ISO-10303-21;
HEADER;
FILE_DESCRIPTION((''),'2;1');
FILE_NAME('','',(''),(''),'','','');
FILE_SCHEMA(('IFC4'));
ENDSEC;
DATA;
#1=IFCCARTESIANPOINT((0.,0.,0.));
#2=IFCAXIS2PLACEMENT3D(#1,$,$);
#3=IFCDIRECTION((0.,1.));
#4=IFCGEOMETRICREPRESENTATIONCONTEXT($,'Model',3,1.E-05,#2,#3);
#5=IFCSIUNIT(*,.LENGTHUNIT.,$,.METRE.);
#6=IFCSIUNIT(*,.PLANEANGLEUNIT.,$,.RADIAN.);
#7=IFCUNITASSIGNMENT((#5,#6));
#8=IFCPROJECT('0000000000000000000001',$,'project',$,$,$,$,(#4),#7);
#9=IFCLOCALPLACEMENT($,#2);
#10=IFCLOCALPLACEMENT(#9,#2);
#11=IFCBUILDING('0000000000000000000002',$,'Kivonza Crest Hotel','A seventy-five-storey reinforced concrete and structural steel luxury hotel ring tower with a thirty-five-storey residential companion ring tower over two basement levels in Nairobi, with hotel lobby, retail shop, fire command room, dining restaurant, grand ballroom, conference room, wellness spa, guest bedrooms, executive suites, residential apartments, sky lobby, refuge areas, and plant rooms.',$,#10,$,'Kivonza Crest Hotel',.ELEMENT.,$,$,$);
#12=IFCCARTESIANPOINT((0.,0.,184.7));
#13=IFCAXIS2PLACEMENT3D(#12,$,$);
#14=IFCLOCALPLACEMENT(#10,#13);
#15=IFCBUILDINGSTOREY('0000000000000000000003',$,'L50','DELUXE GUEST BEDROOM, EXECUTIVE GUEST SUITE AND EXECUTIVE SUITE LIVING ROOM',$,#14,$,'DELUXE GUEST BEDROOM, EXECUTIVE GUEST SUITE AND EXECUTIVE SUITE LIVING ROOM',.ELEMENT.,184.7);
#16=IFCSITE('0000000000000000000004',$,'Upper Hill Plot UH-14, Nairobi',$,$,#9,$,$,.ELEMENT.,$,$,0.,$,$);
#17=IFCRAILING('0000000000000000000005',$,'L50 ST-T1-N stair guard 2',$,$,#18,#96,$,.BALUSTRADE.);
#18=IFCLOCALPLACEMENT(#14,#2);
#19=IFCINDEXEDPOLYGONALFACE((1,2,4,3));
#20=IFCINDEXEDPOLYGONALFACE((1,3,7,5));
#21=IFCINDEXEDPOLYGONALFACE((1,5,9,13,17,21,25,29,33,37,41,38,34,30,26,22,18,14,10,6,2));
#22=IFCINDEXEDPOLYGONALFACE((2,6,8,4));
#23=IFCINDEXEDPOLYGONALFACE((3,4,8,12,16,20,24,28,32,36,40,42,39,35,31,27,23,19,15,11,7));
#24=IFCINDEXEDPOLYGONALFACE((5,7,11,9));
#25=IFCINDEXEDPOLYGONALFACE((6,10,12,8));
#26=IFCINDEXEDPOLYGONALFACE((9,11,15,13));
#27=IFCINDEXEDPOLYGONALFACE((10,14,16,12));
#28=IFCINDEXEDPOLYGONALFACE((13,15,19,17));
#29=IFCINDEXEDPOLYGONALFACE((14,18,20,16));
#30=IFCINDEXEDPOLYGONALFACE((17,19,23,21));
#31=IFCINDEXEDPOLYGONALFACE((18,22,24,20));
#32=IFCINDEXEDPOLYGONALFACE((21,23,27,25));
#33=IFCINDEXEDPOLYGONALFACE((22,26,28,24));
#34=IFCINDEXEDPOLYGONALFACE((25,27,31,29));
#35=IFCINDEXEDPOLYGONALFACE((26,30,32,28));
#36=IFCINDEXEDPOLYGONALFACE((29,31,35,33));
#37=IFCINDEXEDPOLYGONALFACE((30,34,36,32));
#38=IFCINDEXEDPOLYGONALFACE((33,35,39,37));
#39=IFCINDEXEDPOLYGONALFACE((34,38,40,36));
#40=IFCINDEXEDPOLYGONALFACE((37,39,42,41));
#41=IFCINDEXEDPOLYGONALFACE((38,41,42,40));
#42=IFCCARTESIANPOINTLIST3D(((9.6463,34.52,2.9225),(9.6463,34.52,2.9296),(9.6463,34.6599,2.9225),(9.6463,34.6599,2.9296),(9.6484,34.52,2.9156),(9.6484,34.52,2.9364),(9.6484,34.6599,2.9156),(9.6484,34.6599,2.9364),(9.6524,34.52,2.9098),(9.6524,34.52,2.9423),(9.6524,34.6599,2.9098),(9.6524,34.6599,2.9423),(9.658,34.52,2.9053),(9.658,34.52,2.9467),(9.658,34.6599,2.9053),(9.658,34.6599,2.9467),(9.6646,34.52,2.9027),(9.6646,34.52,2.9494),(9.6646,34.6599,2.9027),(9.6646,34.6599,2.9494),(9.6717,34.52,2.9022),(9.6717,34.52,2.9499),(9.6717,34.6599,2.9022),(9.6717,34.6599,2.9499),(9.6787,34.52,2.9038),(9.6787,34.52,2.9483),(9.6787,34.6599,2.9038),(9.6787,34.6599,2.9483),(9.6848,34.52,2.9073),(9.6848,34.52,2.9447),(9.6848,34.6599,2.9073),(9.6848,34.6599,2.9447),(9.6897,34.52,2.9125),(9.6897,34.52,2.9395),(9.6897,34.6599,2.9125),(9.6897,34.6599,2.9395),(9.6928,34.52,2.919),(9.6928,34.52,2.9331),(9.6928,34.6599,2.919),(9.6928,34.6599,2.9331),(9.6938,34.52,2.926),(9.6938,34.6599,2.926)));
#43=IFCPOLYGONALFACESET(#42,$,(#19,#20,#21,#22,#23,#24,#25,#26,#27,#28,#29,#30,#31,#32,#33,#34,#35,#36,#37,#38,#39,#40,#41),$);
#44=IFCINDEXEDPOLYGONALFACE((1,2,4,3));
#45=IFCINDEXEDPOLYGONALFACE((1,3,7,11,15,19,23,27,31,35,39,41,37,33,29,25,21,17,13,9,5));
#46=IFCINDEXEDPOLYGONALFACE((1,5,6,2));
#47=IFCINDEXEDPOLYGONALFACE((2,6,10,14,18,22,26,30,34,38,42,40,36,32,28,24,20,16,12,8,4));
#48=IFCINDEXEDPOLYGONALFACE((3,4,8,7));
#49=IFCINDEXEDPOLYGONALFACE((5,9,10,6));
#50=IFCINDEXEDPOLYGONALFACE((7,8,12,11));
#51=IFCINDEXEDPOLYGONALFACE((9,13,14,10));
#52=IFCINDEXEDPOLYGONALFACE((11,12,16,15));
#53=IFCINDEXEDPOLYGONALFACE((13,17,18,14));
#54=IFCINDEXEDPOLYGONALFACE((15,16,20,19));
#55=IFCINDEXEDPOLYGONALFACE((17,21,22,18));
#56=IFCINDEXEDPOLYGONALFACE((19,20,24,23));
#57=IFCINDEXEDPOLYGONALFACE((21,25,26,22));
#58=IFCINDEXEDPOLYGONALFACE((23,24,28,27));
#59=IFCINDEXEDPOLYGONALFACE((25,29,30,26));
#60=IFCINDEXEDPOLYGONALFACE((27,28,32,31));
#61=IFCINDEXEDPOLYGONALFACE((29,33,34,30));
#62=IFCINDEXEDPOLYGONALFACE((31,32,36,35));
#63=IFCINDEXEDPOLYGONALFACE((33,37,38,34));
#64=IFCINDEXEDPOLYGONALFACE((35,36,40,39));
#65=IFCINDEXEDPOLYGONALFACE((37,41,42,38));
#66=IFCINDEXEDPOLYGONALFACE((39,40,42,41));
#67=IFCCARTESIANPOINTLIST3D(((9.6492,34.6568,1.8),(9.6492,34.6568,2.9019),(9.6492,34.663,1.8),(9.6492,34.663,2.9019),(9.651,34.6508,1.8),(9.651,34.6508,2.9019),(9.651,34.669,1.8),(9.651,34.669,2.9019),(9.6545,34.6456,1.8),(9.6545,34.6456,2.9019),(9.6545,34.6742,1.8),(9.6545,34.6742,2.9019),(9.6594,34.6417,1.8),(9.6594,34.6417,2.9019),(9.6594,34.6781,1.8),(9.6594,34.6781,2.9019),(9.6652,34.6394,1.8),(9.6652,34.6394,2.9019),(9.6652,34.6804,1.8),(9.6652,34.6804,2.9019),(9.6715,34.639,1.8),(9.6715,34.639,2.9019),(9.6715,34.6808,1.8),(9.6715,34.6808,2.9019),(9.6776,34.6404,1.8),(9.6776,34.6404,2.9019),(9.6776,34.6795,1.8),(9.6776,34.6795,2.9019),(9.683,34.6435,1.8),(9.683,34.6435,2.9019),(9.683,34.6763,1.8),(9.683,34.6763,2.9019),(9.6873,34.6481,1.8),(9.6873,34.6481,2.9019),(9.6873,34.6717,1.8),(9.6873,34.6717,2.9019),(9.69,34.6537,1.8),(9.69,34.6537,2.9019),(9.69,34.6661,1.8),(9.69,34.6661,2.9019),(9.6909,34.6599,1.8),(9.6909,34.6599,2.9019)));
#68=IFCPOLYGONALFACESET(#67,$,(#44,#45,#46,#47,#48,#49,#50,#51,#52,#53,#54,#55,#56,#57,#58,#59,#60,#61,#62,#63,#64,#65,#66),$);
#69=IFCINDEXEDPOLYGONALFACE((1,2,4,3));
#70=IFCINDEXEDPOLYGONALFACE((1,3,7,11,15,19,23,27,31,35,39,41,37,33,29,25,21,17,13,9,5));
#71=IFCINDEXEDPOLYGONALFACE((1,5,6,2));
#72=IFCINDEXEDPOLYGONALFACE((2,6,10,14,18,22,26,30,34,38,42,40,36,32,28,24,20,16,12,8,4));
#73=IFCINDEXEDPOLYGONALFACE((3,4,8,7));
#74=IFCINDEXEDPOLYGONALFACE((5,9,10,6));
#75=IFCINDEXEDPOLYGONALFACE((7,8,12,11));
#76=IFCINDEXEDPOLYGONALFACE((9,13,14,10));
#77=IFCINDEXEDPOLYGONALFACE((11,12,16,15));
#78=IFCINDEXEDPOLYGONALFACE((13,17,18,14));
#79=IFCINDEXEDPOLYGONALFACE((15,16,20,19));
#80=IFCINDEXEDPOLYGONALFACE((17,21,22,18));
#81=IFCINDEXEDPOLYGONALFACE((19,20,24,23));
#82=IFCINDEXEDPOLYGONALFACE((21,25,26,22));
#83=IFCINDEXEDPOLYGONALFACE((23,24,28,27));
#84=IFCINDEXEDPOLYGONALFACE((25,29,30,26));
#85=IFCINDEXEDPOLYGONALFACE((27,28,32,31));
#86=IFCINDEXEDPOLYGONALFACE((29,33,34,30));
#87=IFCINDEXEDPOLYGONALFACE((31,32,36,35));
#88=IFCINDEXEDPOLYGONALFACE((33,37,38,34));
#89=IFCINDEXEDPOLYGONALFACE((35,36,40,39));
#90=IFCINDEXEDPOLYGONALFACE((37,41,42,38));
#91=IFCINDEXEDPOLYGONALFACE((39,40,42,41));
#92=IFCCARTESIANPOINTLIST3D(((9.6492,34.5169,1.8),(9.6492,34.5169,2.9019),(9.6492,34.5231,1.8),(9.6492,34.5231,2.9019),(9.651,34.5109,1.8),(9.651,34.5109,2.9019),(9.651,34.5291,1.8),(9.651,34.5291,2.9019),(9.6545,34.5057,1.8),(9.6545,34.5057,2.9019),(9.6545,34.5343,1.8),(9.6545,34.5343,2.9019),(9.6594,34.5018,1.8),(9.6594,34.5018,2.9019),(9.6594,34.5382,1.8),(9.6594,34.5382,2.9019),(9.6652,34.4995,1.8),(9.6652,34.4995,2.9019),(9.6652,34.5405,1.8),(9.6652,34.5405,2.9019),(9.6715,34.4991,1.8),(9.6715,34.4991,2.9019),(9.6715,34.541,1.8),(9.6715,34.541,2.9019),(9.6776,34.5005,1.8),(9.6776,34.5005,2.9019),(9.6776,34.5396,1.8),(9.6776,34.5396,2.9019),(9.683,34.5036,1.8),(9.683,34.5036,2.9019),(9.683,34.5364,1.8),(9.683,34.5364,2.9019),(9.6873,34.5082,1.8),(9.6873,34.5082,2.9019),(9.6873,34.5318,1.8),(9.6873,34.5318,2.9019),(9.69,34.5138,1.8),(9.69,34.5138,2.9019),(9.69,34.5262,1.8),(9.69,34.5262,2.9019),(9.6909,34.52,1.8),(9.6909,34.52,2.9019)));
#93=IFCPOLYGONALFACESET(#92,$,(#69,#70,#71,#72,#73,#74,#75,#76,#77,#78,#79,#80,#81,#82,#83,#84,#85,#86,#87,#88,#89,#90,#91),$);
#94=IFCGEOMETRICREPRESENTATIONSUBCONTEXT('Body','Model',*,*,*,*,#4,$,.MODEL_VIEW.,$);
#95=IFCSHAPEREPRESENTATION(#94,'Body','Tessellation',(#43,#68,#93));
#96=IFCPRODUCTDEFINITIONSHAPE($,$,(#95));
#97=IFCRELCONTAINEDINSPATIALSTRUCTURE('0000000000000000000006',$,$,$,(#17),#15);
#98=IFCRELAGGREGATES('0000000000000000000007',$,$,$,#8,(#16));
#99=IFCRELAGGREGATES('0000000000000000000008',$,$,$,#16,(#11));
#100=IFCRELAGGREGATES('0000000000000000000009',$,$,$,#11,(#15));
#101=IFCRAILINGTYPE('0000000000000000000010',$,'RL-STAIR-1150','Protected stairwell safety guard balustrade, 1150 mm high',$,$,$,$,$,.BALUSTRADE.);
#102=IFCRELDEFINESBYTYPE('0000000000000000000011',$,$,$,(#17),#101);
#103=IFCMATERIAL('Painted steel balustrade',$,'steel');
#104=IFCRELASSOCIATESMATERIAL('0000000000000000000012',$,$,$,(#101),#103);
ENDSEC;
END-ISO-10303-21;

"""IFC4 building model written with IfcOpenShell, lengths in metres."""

from ifc_helpers import new_model, si_unit, direction, frame, origin, origin_2d, place, context, subcontext, project, spatial, circle, extrude, material, type_object, element, save


model = new_model("IFC4")

# Units and contexts
model_context = context("Model", 3, precision=1e-05, world=origin(), true_north=direction((0.0, 1.0)))
body_context = subcontext(model_context, "Body", "Model", "MODEL_VIEW")
ifc_project = project(units=[si_unit("LENGTHUNIT", "METRE"), si_unit("PLANEANGLEUNIT", "RADIAN")], contexts=[model_context])

# Site, building, storey
site_placement = place(None, origin())
site = spatial("IfcSite", under=ifc_project, at=site_placement, Name="Upper Hill Plot UH-14, Nairobi", CompositionType="ELEMENT", RefElevation=0.0)
building_placement = place(site_placement, origin())
building = spatial("IfcBuilding", under=site, at=building_placement, Name="Kivonza Crest Hotel", Description="A seventy-five-storey reinforced concrete and structural steel luxury hotel ring tower with a thirty-five-storey residential companion ring tower over two basement levels in Nairobi, with hotel lobby, retail shop, fire command room, dining restaurant, grand ballroom, conference room, wellness spa, guest bedrooms, executive suites, residential apartments, sky lobby, refuge areas, and plant rooms.", LongName="Kivonza Crest Hotel", CompositionType="ELEMENT")
storey_placement = place(building_placement, frame((0.0, 0.0, 184.7)))
storey = spatial("IfcBuildingStorey", under=building, at=storey_placement, Name="L50", Description="DELUXE GUEST BEDROOM, EXECUTIVE GUEST SUITE AND EXECUTIVE SUITE LIVING ROOM", LongName="DELUXE GUEST BEDROOM, EXECUTIVE GUEST SUITE AND EXECUTIVE SUITE LIVING ROOM", CompositionType="ELEMENT", Elevation=184.7)

# Railing
ifc_material_1 = material(Name="Painted steel balustrade", Category="steel")
railing_type_1 = type_object("IfcRailingType", Name="RL-STAIR-1150", Description="Protected stairwell safety guard balustrade, 1150 mm high", PredefinedType="BALUSTRADE", material=ifc_material_1)
railing_1_placement = place(storey_placement, frame((9.6699, 34.6599, 1.8)))
element("IfcRailing", 1, at=railing_1_placement, inside=storey, type_object=railing_type_1, Name="L50 ST-T1-N stair guard 2", PredefinedType="BALUSTRADE", context=body_context, shape_type="SweptSolid", body=[
    extrude(circle(Radius=0.0239, at=origin_2d()), frame((0.0, 0.0, 1.126), z_axis=(0.0, -1.0, 0.0), x_axis=(1.0, 0.0, 0.0)), (0.0, 0.0, 1.0), 0.1399),
    extrude(circle(Radius=0.021, at=origin_2d()), origin(), (0.0, 0.0, 1.0), 1.1018),
    extrude(circle(Radius=0.021, at=origin_2d()), frame((0.0, -0.1399, 0.0)), (0.0, 0.0, 1.0), 1.1018),
])

save(model, "model.ifc")
